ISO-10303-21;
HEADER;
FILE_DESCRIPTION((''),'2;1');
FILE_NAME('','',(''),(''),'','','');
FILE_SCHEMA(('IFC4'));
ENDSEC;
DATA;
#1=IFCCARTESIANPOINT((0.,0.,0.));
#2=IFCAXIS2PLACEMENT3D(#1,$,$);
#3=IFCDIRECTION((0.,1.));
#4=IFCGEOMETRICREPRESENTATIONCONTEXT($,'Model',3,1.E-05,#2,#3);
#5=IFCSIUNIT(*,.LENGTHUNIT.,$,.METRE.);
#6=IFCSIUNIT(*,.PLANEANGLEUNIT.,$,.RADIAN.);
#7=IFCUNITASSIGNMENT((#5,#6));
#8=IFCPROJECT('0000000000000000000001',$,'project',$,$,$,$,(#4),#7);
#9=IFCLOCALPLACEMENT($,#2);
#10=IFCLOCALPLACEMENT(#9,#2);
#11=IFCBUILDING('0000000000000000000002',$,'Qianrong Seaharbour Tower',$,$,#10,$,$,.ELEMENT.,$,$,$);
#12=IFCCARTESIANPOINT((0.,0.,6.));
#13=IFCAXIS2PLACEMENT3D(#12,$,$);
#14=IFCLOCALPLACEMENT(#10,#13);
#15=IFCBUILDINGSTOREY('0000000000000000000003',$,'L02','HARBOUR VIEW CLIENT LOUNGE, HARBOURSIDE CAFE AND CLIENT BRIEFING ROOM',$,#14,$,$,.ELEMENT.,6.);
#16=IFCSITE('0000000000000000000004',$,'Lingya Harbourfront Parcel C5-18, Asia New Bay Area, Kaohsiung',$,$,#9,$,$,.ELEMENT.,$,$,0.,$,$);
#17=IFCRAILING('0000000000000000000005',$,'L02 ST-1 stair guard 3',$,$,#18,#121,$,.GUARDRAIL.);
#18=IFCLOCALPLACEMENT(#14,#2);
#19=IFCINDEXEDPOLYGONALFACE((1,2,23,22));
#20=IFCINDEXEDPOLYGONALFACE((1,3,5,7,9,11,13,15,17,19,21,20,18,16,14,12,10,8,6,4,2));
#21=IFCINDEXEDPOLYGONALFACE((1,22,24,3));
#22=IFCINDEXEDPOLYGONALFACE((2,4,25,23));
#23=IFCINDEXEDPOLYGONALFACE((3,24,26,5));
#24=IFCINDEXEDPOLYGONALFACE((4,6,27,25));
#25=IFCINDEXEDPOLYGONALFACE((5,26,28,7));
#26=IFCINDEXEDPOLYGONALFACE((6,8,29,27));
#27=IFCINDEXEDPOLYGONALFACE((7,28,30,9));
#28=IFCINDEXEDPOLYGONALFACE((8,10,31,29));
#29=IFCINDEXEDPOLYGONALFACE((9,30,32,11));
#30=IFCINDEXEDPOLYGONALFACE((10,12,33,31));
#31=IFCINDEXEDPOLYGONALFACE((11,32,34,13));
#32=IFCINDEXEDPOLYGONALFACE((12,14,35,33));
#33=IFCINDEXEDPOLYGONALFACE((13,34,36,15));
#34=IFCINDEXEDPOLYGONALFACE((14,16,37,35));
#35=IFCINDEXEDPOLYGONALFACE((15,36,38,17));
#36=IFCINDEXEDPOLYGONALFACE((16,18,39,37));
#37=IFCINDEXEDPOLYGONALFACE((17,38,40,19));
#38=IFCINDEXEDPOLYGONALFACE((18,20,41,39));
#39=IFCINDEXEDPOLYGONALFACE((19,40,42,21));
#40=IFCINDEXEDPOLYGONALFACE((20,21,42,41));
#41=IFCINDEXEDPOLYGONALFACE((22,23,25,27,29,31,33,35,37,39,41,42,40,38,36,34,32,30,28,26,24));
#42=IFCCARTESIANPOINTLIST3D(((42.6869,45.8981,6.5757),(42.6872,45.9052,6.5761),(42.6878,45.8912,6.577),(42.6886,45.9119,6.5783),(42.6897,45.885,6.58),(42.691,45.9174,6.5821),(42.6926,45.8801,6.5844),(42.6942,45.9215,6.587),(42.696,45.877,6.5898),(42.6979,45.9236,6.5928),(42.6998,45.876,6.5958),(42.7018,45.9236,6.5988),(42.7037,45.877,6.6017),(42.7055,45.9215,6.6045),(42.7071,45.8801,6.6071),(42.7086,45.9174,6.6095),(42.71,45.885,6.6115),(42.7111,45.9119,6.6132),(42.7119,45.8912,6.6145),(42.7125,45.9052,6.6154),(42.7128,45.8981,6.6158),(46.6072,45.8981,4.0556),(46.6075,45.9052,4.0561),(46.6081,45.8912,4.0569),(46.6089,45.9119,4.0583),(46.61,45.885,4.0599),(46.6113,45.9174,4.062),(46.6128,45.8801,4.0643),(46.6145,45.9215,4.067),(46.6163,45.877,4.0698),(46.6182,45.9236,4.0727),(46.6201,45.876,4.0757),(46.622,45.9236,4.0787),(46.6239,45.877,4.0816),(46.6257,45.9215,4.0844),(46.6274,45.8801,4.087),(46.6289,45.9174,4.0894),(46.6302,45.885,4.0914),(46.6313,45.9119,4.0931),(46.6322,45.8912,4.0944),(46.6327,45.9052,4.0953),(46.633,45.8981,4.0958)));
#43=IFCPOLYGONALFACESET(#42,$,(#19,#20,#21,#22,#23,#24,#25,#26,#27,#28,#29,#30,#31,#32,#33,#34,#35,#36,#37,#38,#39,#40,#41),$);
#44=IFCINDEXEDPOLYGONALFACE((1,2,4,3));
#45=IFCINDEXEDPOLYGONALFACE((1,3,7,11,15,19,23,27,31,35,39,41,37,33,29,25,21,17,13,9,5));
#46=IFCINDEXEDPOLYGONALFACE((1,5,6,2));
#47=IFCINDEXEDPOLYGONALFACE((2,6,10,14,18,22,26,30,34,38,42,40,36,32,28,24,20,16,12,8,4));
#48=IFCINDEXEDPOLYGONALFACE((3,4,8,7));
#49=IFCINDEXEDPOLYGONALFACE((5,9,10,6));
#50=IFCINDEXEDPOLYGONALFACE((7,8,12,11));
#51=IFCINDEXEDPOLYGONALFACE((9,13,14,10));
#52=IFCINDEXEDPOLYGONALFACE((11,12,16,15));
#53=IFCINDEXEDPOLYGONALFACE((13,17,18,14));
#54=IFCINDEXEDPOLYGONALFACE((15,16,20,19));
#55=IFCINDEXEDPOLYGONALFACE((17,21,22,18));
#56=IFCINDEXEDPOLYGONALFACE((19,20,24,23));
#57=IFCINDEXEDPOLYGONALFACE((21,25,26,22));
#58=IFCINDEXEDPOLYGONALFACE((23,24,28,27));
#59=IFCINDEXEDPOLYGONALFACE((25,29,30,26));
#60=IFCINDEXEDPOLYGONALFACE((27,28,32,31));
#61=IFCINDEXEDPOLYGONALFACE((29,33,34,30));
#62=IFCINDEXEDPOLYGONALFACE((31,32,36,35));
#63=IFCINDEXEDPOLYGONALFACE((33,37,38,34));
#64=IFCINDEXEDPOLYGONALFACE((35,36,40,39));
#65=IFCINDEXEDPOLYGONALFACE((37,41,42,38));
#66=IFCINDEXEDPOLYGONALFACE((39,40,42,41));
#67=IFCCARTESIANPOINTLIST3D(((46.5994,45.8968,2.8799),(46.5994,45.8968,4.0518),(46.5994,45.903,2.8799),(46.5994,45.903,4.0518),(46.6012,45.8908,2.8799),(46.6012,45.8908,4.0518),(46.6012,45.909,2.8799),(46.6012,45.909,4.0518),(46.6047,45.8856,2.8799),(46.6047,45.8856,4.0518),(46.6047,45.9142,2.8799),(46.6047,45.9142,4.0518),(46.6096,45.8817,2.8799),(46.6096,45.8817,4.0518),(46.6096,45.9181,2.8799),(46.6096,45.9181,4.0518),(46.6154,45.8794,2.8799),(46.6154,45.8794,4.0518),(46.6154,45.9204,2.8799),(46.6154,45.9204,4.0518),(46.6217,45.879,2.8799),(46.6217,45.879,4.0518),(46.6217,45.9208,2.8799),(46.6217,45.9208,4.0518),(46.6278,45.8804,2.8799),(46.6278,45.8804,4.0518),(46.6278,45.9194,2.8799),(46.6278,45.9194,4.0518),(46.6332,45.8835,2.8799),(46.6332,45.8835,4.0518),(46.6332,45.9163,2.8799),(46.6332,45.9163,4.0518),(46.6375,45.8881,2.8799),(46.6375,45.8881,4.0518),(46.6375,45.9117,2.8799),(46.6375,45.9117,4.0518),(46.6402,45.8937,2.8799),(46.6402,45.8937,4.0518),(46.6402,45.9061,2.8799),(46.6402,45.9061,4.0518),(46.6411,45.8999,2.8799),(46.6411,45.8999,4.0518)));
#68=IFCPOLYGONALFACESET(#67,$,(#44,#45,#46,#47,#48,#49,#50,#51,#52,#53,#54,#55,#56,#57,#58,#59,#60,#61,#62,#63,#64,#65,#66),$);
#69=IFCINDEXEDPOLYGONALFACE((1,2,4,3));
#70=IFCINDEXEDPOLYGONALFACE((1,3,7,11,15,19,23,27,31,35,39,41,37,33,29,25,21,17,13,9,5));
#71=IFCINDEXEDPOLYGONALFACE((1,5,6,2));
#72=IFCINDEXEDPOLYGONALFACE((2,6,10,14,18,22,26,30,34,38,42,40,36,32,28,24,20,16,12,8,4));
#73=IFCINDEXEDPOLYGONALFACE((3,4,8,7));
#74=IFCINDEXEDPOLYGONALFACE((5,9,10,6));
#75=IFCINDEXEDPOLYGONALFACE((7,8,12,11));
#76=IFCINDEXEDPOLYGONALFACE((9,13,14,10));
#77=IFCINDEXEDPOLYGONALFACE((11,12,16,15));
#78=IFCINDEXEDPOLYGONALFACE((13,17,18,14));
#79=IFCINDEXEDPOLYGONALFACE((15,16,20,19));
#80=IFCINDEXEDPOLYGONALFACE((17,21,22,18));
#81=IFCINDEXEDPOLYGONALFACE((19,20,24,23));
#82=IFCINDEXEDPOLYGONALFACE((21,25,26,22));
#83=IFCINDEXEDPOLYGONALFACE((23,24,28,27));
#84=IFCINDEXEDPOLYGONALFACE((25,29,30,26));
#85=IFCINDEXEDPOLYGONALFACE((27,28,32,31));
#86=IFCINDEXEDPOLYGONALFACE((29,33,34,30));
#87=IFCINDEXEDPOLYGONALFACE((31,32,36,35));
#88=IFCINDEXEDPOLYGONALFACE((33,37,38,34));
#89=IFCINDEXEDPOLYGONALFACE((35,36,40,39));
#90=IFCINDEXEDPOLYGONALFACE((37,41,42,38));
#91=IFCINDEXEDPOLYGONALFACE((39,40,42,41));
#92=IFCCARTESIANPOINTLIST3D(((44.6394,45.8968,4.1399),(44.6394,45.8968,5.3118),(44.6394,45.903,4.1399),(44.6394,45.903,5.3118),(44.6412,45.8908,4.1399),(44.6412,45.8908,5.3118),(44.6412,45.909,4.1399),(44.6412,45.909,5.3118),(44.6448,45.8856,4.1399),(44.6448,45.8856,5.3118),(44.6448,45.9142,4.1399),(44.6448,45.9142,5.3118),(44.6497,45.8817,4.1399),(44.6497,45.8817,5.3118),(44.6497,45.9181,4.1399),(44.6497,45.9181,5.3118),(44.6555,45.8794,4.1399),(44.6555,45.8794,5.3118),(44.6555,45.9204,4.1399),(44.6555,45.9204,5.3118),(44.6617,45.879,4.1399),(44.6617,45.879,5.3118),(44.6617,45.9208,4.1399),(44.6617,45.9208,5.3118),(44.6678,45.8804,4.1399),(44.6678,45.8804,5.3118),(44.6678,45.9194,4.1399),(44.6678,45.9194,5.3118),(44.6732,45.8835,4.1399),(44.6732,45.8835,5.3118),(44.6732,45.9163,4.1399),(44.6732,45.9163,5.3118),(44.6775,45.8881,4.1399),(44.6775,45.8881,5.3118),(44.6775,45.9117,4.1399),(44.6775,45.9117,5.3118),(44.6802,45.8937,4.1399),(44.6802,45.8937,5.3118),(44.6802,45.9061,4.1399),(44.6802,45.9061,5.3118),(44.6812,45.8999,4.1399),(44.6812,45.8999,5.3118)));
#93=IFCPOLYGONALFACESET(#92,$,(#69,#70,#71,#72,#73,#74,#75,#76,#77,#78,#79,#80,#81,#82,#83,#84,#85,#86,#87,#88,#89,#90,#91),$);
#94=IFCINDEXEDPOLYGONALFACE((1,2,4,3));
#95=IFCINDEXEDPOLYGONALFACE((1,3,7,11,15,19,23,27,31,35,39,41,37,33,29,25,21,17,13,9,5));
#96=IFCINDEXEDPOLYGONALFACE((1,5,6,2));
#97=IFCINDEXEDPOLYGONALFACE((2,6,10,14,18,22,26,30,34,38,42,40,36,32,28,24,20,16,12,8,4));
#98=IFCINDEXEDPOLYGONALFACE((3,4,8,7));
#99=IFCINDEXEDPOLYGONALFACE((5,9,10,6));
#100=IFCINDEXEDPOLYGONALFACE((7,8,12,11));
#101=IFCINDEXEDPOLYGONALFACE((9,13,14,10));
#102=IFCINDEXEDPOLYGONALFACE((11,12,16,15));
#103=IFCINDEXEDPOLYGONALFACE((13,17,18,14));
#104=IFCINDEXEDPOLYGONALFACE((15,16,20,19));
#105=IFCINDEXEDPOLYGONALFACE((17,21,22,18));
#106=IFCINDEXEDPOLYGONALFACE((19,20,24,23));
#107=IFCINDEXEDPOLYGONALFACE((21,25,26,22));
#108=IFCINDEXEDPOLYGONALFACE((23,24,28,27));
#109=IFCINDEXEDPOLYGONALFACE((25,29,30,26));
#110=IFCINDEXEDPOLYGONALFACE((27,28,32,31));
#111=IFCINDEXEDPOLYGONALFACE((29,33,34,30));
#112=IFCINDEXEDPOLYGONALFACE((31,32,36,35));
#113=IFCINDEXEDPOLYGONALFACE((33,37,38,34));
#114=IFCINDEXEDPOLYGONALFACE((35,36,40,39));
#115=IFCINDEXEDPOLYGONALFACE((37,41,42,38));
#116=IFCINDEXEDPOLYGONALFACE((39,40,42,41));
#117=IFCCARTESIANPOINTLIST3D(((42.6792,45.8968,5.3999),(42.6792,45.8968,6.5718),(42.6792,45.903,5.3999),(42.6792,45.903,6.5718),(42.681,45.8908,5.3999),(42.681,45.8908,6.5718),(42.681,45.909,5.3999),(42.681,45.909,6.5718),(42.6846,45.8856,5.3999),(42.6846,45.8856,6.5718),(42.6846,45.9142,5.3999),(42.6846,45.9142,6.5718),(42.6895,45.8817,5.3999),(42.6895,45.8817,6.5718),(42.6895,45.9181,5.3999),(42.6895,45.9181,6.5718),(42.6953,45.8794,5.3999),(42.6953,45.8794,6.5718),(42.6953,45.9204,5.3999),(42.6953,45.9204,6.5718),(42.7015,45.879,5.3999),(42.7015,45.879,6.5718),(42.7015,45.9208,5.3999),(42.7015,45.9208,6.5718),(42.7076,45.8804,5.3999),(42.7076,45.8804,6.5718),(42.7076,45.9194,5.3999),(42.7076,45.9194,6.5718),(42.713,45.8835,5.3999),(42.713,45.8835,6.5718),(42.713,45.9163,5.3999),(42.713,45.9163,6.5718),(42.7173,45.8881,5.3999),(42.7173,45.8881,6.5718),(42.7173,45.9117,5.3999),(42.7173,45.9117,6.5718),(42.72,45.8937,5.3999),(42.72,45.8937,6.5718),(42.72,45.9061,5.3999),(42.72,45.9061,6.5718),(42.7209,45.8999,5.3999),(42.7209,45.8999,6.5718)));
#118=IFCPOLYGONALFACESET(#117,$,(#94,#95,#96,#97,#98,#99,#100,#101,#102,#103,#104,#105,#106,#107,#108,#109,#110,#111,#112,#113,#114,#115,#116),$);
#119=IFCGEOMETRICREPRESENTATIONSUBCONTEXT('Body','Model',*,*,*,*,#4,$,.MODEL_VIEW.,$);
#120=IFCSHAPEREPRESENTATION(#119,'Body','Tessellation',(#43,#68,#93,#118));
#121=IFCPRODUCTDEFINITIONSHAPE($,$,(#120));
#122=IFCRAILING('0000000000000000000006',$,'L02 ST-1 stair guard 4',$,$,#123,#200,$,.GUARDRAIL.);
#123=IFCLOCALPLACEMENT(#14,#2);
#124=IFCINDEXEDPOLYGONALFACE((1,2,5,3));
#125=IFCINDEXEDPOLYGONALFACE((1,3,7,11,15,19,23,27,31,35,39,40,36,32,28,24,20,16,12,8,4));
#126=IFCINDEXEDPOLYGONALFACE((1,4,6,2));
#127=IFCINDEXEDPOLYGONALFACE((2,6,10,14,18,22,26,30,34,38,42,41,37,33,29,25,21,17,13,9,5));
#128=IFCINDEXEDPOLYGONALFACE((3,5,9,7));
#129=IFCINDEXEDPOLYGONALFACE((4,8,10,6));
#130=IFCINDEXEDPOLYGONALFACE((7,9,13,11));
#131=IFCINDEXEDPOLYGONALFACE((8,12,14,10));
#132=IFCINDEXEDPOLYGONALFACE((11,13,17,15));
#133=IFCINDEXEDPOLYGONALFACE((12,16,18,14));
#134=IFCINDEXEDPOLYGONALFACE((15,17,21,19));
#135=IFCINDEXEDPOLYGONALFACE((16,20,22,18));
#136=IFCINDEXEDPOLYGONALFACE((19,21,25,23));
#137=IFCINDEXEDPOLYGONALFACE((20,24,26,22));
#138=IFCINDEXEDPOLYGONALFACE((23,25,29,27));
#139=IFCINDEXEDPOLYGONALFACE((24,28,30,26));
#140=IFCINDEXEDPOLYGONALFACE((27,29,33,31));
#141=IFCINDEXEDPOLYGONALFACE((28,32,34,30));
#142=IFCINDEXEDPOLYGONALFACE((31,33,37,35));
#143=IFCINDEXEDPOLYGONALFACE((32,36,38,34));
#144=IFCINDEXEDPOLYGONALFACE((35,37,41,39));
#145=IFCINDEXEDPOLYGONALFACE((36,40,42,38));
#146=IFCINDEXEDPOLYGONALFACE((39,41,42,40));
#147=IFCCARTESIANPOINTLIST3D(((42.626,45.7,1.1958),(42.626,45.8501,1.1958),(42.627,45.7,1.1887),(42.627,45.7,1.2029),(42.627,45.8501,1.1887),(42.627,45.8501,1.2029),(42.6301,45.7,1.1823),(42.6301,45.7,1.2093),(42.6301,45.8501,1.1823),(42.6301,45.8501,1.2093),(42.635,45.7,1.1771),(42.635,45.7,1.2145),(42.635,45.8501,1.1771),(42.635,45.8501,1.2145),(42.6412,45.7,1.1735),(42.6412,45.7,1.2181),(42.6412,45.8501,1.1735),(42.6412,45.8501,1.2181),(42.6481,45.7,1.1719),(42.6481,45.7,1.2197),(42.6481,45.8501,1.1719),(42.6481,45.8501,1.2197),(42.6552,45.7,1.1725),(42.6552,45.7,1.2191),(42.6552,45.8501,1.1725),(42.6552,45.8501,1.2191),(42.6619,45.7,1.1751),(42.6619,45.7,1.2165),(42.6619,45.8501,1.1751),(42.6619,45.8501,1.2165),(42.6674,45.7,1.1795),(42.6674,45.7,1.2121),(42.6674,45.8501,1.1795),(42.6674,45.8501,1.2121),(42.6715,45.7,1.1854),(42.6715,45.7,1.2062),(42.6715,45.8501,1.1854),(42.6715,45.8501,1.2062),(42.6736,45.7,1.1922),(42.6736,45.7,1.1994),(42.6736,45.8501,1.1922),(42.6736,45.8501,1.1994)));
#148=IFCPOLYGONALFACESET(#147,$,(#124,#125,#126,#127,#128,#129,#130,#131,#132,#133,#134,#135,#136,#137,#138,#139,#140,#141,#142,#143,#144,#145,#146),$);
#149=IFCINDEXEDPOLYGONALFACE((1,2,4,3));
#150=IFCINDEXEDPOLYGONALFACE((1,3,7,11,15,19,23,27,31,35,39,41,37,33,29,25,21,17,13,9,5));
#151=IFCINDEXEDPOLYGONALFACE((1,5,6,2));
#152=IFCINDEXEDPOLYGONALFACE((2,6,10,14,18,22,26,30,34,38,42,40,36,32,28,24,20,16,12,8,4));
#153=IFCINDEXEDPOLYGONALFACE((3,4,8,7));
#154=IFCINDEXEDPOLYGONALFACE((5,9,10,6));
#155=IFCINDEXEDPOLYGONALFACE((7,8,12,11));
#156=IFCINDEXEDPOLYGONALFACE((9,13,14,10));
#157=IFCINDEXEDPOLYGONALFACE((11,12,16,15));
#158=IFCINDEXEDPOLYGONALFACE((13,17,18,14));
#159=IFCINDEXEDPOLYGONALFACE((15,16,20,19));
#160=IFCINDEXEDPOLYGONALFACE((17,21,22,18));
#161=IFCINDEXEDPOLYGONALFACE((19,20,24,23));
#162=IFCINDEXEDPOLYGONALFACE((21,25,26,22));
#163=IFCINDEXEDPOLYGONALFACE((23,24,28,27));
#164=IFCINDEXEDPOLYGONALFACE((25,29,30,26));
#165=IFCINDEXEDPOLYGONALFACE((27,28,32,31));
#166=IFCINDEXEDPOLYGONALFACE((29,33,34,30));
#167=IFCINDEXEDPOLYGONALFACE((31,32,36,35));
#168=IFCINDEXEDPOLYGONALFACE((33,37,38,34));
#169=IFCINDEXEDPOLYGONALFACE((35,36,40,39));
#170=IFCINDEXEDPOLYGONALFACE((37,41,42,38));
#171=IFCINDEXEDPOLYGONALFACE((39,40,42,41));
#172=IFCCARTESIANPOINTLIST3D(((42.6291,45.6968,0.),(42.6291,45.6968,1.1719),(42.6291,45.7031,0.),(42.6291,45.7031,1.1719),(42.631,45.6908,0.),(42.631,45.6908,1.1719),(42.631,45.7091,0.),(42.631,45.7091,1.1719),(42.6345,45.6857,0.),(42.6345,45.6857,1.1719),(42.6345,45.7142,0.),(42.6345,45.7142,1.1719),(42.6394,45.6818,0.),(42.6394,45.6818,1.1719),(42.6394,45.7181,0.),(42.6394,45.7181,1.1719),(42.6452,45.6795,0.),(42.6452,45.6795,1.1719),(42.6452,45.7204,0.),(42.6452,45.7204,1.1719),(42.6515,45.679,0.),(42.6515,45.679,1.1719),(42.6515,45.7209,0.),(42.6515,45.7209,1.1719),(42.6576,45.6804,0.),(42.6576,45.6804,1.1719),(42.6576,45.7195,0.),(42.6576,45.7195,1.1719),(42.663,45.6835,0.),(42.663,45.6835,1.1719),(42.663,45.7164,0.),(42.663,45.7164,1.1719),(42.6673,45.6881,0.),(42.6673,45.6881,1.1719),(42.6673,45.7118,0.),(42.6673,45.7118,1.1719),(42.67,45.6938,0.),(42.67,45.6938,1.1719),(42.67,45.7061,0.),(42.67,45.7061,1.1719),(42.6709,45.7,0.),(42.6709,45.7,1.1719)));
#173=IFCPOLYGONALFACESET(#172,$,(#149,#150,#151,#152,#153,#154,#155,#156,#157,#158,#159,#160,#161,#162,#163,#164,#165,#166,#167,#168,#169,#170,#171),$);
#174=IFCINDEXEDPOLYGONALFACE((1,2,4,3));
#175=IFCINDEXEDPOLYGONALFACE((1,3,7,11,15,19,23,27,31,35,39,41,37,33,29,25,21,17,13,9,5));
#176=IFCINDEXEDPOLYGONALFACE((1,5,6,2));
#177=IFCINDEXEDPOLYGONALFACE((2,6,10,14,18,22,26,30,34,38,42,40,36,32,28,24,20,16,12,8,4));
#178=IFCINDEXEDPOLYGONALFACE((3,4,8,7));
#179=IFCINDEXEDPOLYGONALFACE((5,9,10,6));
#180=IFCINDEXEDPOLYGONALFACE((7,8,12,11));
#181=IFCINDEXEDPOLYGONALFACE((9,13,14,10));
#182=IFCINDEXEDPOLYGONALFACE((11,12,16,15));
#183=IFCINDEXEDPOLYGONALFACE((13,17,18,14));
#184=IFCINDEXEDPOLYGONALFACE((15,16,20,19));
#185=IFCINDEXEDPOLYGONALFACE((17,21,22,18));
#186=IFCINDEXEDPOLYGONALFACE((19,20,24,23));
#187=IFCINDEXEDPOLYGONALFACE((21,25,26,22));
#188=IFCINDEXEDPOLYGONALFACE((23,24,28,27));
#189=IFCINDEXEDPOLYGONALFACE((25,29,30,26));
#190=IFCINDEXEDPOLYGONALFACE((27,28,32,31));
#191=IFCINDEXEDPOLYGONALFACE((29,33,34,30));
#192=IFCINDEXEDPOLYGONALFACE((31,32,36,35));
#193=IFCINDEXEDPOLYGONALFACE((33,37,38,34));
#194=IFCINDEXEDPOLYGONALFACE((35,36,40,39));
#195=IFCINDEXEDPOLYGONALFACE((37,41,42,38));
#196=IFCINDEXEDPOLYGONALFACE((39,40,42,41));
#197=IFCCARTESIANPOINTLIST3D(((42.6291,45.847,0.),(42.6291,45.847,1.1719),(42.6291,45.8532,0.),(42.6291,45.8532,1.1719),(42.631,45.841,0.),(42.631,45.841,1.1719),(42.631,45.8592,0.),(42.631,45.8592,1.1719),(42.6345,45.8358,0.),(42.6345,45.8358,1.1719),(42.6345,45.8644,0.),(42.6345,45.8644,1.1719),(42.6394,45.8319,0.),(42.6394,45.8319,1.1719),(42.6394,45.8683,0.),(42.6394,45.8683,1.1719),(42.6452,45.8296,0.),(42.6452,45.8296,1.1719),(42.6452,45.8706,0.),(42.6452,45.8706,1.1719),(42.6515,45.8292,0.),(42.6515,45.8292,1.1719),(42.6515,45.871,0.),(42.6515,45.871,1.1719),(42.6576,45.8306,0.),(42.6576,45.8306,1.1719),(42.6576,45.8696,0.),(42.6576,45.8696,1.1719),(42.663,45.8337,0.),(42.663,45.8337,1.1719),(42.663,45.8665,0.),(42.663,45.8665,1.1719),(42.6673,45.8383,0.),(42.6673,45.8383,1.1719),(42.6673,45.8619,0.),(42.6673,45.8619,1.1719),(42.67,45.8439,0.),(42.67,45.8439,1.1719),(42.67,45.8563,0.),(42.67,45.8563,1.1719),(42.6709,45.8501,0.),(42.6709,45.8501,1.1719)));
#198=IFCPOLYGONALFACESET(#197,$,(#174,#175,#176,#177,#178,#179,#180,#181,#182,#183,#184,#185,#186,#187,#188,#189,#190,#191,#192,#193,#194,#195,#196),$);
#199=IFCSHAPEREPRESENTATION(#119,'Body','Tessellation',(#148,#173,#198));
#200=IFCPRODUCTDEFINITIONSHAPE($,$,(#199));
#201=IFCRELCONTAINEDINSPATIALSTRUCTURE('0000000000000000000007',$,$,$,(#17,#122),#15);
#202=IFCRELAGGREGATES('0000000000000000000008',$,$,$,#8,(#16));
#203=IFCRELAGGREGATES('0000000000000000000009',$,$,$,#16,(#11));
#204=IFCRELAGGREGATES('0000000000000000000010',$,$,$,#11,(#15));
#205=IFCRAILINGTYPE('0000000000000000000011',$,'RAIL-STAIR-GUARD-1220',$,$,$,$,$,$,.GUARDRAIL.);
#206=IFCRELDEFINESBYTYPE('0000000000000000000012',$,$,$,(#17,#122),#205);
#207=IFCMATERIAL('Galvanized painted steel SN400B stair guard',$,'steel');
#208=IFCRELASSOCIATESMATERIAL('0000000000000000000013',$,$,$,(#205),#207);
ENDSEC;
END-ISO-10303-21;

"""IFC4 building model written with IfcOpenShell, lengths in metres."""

from ifc_helpers import new_model, si_unit, direction, frame, origin, origin_2d, place, context, subcontext, project, spatial, circle, extrude, material, type_object, element, save


model = new_model("IFC4")

# Units and contexts
model_context = context("Model", 3, precision=1e-05, world=origin(), true_north=direction((0.0, 1.0)))
body_context = subcontext(model_context, "Body", "Model", "MODEL_VIEW")
ifc_project = project(units=[si_unit("LENGTHUNIT", "METRE"), si_unit("PLANEANGLEUNIT", "RADIAN")], contexts=[model_context])

# Site, building, storey
site_placement = place(None, origin())
site = spatial("IfcSite", under=ifc_project, at=site_placement, Name="Lingya Harbourfront Parcel C5-18, Asia New Bay Area, Kaohsiung", CompositionType="ELEMENT", RefElevation=0.0)
building_placement = place(site_placement, origin())
building = spatial("IfcBuilding", under=site, at=building_placement, Name="Qianrong Seaharbour Tower", CompositionType="ELEMENT")
storey_placement = place(building_placement, frame((0.0, 0.0, 6.0)))
storey = spatial("IfcBuildingStorey", under=building, at=storey_placement, Name="L02", Description="HARBOUR VIEW CLIENT LOUNGE, HARBOURSIDE CAFE AND CLIENT BRIEFING ROOM", CompositionType="ELEMENT", Elevation=6.0)

# Railings
ifc_material_1 = material(Name="Galvanized painted steel SN400B stair guard", Category="steel")
railing_type_1 = type_object("IfcRailingType", Name="RAIL-STAIR-GUARD-1220", PredefinedType="GUARDRAIL", material=ifc_material_1)
railing_1_placement = place(storey_placement, frame((46.6201, 45.8999, 2.8799)))
element("IfcRailing", 1, at=railing_1_placement, inside=storey, type_object=railing_type_1, Name="L02 ST-1 stair guard 3", PredefinedType="GUARDRAIL", context=body_context, shape_type="SweptSolid", body=[
    extrude(circle(Radius=0.0239, at=origin_2d()), frame((0.0, 0.0, 1.1958), z_axis=(-0.841187, 0.0, 0.540744), x_axis=(0.0, -1.0, 0.0)), (0.0, 0.0, 1.0), 4.6604),
    extrude(circle(Radius=0.021, at=origin_2d()), origin(), (0.0, 0.0, 1.0), 1.1719),
    extrude(circle(Radius=0.021, at=origin_2d()), frame((-1.96, 0.0, 1.26)), (0.0, 0.0, 1.0), 1.1719),
    extrude(circle(Radius=0.021, at=origin_2d()), frame((-3.9202, 0.0, 2.52)), (0.0, 0.0, 1.0), 1.1719),
])
railing_2_placement = place(storey_placement, frame((42.6499, 45.7, 0.0)))
element("IfcRailing", 2, at=railing_2_placement, inside=storey, type_object=railing_type_1, Name="L02 ST-1 stair guard 4", PredefinedType="GUARDRAIL", context=body_context, shape_type="SweptSolid", body=[
    extrude(circle(Radius=0.0239, at=origin_2d()), frame((0.0, 0.0, 1.1958), z_axis=(0.0, 1.0, 0.0), x_axis=(-1.0, 0.0, 0.0)), (0.0, 0.0, 1.0), 0.1501),
    extrude(circle(Radius=0.021, at=origin_2d()), origin(), (0.0, 0.0, 1.0), 1.1719),
    extrude(circle(Radius=0.021, at=origin_2d()), frame((0.0, 0.1501, 0.0)), (0.0, 0.0, 1.0), 1.1719),
])

save(model, "model.ifc")
